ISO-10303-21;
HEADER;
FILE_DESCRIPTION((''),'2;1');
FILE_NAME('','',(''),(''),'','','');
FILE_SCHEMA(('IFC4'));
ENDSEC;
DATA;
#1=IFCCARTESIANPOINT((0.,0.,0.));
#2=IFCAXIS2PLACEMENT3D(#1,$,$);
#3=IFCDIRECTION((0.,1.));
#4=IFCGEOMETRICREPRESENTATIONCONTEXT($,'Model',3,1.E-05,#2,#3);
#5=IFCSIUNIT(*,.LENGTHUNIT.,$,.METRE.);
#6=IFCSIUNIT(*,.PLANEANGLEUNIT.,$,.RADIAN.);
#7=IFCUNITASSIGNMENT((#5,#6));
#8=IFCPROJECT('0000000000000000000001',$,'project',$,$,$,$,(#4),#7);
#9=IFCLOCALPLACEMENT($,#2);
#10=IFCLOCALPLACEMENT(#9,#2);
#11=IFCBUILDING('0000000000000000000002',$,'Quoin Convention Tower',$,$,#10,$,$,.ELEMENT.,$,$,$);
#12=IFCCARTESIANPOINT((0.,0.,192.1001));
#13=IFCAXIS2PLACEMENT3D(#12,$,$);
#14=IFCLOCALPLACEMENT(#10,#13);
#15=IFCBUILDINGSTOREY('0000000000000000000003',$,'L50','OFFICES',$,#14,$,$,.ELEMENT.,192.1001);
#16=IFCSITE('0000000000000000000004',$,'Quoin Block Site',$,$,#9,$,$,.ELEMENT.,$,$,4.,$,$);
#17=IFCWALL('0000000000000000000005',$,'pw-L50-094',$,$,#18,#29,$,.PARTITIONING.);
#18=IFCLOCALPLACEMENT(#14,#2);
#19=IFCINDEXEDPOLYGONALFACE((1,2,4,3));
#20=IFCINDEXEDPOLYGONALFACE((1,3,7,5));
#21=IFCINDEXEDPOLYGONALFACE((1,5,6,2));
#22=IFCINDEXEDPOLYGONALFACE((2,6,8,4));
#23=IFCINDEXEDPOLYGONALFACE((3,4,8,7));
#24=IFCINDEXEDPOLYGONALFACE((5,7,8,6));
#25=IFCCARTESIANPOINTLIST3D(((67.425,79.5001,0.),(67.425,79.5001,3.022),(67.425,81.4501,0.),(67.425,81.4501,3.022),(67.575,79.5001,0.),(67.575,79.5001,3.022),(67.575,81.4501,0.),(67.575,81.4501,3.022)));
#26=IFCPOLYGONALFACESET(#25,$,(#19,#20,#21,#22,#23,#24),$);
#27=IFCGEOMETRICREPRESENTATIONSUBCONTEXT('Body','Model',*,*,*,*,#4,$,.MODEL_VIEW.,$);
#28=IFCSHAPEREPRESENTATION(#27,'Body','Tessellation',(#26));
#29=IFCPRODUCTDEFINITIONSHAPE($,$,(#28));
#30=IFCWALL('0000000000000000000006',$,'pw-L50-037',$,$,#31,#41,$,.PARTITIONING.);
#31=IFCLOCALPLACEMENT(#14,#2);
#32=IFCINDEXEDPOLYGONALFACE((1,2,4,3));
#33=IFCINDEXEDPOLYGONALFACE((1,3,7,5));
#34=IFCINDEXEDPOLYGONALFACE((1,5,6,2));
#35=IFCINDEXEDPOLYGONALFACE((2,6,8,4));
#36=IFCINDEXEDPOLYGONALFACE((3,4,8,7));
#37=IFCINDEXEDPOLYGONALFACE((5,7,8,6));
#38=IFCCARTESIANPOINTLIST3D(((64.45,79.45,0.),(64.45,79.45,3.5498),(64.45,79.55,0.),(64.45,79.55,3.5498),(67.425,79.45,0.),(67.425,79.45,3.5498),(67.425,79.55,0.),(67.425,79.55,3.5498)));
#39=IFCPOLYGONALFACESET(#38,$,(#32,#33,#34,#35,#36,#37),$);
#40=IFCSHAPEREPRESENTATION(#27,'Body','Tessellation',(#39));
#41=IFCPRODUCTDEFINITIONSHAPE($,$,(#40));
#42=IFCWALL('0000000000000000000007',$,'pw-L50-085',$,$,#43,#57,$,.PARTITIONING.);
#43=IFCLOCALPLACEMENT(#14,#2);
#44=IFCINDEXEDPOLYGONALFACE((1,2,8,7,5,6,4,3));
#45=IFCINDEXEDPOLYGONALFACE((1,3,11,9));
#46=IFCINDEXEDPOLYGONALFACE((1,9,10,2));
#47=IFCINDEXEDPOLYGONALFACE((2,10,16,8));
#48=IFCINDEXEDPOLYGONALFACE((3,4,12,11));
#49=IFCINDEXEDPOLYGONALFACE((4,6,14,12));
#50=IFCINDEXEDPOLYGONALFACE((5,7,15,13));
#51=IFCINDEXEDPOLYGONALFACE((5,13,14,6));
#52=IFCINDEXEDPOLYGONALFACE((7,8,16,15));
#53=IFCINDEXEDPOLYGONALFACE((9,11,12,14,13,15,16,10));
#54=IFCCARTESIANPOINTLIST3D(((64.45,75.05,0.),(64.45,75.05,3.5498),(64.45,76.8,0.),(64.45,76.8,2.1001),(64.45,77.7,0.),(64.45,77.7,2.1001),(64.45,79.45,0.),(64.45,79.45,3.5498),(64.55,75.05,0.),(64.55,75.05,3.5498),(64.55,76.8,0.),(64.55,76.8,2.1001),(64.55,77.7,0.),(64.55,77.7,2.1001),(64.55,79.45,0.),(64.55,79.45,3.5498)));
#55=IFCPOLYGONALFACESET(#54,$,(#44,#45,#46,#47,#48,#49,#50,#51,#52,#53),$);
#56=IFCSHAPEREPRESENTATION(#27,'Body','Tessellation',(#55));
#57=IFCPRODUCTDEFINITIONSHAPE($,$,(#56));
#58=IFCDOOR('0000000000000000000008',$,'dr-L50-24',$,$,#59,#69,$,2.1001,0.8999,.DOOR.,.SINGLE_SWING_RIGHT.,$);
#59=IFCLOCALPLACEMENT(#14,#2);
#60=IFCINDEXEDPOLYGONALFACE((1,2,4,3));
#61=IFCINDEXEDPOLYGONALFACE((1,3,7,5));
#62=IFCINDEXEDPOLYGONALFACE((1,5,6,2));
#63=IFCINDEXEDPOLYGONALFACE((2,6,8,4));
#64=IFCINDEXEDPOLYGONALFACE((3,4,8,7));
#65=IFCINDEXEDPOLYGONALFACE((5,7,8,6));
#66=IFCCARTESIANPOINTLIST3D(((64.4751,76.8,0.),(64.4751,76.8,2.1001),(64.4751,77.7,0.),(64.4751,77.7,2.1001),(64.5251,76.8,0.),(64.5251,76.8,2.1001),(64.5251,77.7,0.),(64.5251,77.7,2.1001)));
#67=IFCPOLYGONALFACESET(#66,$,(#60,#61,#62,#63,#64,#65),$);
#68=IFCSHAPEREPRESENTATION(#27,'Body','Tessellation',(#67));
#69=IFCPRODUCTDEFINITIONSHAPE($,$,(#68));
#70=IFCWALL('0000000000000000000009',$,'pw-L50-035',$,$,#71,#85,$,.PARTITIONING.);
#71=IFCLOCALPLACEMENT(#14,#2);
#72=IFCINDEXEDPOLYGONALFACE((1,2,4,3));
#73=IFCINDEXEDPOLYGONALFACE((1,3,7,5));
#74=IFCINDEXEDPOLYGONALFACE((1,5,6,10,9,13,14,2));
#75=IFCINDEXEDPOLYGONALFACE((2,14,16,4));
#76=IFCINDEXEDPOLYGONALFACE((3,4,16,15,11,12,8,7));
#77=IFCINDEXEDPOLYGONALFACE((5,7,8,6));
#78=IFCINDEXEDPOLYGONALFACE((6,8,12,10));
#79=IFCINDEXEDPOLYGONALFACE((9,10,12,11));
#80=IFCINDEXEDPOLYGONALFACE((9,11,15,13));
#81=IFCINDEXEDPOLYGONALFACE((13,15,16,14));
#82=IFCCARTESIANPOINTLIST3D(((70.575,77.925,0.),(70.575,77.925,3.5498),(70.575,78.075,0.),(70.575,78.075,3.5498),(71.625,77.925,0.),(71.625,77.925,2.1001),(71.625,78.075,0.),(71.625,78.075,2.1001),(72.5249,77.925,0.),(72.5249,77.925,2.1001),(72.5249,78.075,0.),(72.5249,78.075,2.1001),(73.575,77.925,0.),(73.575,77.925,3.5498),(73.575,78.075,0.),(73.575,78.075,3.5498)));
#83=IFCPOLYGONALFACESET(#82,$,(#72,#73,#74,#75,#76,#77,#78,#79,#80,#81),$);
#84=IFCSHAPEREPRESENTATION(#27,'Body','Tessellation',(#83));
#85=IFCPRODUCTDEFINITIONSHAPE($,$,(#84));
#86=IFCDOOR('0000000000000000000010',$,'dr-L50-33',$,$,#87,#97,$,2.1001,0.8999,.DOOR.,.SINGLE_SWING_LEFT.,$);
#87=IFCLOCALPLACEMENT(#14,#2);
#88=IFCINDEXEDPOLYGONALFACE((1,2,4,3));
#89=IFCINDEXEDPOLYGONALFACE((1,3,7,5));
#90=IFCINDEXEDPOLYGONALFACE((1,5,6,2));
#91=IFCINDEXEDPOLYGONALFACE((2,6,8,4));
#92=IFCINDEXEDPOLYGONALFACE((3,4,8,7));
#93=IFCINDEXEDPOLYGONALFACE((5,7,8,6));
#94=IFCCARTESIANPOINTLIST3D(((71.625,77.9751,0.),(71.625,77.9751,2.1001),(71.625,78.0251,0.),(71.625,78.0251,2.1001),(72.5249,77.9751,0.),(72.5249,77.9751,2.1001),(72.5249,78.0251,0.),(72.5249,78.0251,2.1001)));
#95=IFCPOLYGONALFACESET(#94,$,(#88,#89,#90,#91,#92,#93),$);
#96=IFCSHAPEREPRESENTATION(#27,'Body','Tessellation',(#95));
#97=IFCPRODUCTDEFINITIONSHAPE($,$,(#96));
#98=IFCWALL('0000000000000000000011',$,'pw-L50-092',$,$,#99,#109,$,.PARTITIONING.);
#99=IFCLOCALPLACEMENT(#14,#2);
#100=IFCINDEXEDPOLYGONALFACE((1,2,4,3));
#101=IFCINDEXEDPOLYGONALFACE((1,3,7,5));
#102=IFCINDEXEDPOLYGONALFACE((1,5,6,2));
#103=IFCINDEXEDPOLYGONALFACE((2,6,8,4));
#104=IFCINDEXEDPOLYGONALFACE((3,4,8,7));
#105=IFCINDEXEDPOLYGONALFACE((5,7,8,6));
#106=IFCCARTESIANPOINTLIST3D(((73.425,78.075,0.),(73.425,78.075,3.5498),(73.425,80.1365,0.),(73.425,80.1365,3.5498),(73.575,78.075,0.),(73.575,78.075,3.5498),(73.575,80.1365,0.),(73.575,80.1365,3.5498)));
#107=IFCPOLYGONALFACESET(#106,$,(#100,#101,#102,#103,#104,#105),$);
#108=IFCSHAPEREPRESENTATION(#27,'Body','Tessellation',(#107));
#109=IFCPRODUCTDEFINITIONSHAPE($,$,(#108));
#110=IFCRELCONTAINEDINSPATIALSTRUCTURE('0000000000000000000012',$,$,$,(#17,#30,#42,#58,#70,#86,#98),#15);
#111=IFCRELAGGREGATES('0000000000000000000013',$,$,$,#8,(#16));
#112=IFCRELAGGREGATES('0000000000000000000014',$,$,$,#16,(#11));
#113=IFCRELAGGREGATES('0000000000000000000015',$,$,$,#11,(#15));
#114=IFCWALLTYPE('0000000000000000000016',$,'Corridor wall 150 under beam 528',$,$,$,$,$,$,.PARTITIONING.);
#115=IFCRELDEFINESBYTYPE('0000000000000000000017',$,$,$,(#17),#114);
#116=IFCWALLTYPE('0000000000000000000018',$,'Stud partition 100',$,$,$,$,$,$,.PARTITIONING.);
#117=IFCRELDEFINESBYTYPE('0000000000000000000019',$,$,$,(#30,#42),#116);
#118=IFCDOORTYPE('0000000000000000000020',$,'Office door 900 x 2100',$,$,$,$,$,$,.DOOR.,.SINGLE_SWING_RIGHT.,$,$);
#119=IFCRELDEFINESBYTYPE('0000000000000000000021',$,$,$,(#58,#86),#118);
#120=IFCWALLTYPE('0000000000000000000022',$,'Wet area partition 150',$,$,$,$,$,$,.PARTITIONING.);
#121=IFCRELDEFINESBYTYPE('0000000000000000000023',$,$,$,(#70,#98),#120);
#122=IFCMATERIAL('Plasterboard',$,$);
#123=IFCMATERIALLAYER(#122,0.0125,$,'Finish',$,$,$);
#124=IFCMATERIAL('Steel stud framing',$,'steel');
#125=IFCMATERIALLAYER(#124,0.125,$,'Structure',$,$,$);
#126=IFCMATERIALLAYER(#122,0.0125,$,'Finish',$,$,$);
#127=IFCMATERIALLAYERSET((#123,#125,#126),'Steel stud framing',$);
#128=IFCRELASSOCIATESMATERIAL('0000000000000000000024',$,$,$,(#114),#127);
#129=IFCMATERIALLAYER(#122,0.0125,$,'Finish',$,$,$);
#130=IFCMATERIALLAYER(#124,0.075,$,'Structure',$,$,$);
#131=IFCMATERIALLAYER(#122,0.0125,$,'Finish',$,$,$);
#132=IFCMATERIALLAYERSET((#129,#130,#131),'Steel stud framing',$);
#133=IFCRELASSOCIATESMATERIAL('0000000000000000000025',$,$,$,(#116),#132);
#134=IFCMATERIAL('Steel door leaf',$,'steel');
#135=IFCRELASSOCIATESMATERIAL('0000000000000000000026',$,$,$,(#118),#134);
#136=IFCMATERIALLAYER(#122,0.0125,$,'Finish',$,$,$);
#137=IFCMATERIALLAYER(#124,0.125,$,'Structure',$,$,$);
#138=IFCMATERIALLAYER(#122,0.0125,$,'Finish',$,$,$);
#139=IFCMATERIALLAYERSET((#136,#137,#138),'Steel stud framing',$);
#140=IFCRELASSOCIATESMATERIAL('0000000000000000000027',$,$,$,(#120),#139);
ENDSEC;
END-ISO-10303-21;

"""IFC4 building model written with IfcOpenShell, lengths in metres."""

from ifc_helpers import new_model, si_unit, direction, frame, frame_2d, origin, place, context, subcontext, project, spatial, rectangle, extrude, material, layer, layer_set, type_object, element, fill, save


model = new_model("IFC4")

# Units and contexts
model_context = context("Model", 3, precision=1e-05, world=origin(), true_north=direction((0.0, 1.0)))
body_context = subcontext(model_context, "Body", "Model", "MODEL_VIEW")
ifc_project = project(units=[si_unit("LENGTHUNIT", "METRE"), si_unit("PLANEANGLEUNIT", "RADIAN")], contexts=[model_context])

# Site, building, storey
site_placement = place(None, origin())
site = spatial("IfcSite", under=ifc_project, at=site_placement, Name="Quoin Block Site", CompositionType="ELEMENT", RefElevation=4.0)
building_placement = place(site_placement, origin())
building = spatial("IfcBuilding", under=site, at=building_placement, Name="Quoin Convention Tower", CompositionType="ELEMENT")
storey_placement = place(building_placement, frame((0.0, 0.0, 192.1001)))
storey = spatial("IfcBuildingStorey", under=building, at=storey_placement, Name="L50", Description="OFFICES", CompositionType="ELEMENT", Elevation=192.1001)

# Shared definitions
ifc_material_1 = material(Name="Plasterboard")
ifc_material_2 = material(Name="Steel stud framing", Category="steel")

# Shared definitions
ifc_layer_1 = layer(ifc_material_1, 0.0125, Name="Finish")
ifc_layer_2 = layer(ifc_material_2, 0.125, Name="Structure")
ifc_layer_3 = layer(ifc_material_1, 0.0125, Name="Finish")
ifc_layer_set_1 = layer_set([ifc_layer_1, ifc_layer_2, ifc_layer_3], Name="Steel stud framing")
wall_type_1 = type_object("IfcWallType", Name="Corridor wall 150 under beam 528", PredefinedType="PARTITIONING", material=ifc_layer_set_1)
ifc_material_3 = material(Name="Steel door leaf", Category="steel")

# Walls
wall_1_placement = place(storey_placement, frame((67.5, 79.5, 0.0), z_axis=(0.0, 0.0, 1.0), x_axis=(0.0, 1.0, 0.0)))
element("IfcWall", 1, at=wall_1_placement, inside=storey, type_object=wall_type_1, Name="pw-L50-094", PredefinedType="PARTITIONING", context=body_context, shape_type="SweptSolid", body=[
    extrude(rectangle(XDim=1.95, YDim=0.1499, at=frame_2d((0.9751, 0.0))), origin(), (0.0, 0.0, 1.0), 3.022),
])
ifc_layer_4 = layer(ifc_material_1, 0.0125, Name="Finish")
ifc_layer_5 = layer(ifc_material_2, 0.075, Name="Structure")
ifc_layer_6 = layer(ifc_material_1, 0.0125, Name="Finish")
ifc_layer_set_2 = layer_set([ifc_layer_4, ifc_layer_5, ifc_layer_6], Name="Steel stud framing")
wall_type_2 = type_object("IfcWallType", Name="Stud partition 100", PredefinedType="PARTITIONING", material=ifc_layer_set_2)
wall_2_placement = place(storey_placement, frame((64.45, 79.5, 0.0), z_axis=(0.0, 0.0, 1.0), x_axis=(1.0, 0.0, 0.0)))
element("IfcWall", 2, at=wall_2_placement, inside=storey, type_object=wall_type_2, Name="pw-L50-037", PredefinedType="PARTITIONING", context=body_context, shape_type="SweptSolid", body=[
    extrude(rectangle(XDim=2.9751, YDim=0.1001, at=frame_2d((1.4875, 0.0))), origin(), (0.0, 0.0, 1.0), 3.5498),
])

# Walls, openings, doors
wall_3_placement = place(storey_placement, frame((64.5, 75.05, 0.0), z_axis=(0.0, 0.0, 1.0), x_axis=(0.0, 1.0, 0.0)))
wall_3 = element("IfcWall", 3, at=wall_3_placement, inside=storey, type_object=wall_type_2, Name="pw-L50-085", PredefinedType="PARTITIONING", context=body_context, shape_type="SweptSolid", body=[
    extrude(rectangle(XDim=4.3999, YDim=0.1001, at=frame_2d((2.2, 0.0))), origin(), (0.0, 0.0, 1.0), 3.5498),
])
opening_1_placement = place(wall_3_placement, frame((1.75, 0.0, 0.0)))
opening_1 = element("IfcOpeningElement", 4, at=opening_1_placement, cuts=wall_3, PredefinedType="OPENING", context=body_context, shape_type="SweptSolid", body=[
    extrude(rectangle(XDim=0.8999, YDim=2.1001, at=frame_2d((0.45, 1.05))), frame((0.0, 0.0601, 0.0), z_axis=(0.0, -1.0, 0.0), x_axis=(1.0, 0.0, 0.0)), (0.0, 0.0, 1.0), 0.1201),
])
door_type_1 = type_object("IfcDoorType", Name="Office door 900 x 2100", OperationType="SINGLE_SWING_RIGHT", PredefinedType="DOOR", material=ifc_material_3)
door_1_placement = place(opening_1_placement, origin())
door_1 = element("IfcDoor", 5, at=door_1_placement, inside=storey, type_object=door_type_1, Name="dr-L50-24", OperationType="SINGLE_SWING_RIGHT", OverallHeight=2.1001, OverallWidth=0.8999, PredefinedType="DOOR", context=body_context, shape_type="SweptSolid", body=[
    extrude(rectangle(XDim=0.8999, YDim=2.1001, at=frame_2d((0.45, 1.05))), frame((0.0, 0.0249, 0.0), z_axis=(0.0, -1.0, 0.0), x_axis=(1.0, 0.0, 0.0)), (0.0, 0.0, 1.0), 0.05),
])
fill(opening_1, door_1)
ifc_layer_7 = layer(ifc_material_1, 0.0125, Name="Finish")
ifc_layer_8 = layer(ifc_material_2, 0.125, Name="Structure")
ifc_layer_9 = layer(ifc_material_1, 0.0125, Name="Finish")
ifc_layer_set_3 = layer_set([ifc_layer_7, ifc_layer_8, ifc_layer_9], Name="Steel stud framing")
wall_type_3 = type_object("IfcWallType", Name="Wet area partition 150", PredefinedType="PARTITIONING", material=ifc_layer_set_3)
wall_4_placement = place(storey_placement, frame((70.575, 78.0, 0.0), z_axis=(0.0, 0.0, 1.0), x_axis=(1.0, 0.0, 0.0)))
wall_4 = element("IfcWall", 6, at=wall_4_placement, inside=storey, type_object=wall_type_3, Name="pw-L50-035", PredefinedType="PARTITIONING", context=body_context, shape_type="SweptSolid", body=[
    extrude(rectangle(XDim=3.0, YDim=0.1499, at=frame_2d((1.5, 0.0))), origin(), (0.0, 0.0, 1.0), 3.5498),
])
opening_2_placement = place(wall_4_placement, frame((1.05, 0.0, 0.0)))
opening_2 = element("IfcOpeningElement", 7, at=opening_2_placement, cuts=wall_4, PredefinedType="OPENING", context=body_context, shape_type="SweptSolid", body=[
    extrude(rectangle(XDim=0.8999, YDim=2.1001, at=frame_2d((0.45, 1.05))), frame((0.0, 0.085, 0.0), z_axis=(0.0, -1.0, 0.0), x_axis=(1.0, 0.0, 0.0)), (0.0, 0.0, 1.0), 0.1699),
])
door_2_placement = place(opening_2_placement, frame((0.8999, 0.0, 0.0), z_axis=(0.0, 0.0, 1.0), x_axis=(-1.0, 0.0, 0.0)))
door_2 = element("IfcDoor", 8, at=door_2_placement, inside=storey, type_object=door_type_1, Name="dr-L50-33", OperationType="SINGLE_SWING_LEFT", OverallHeight=2.1001, OverallWidth=0.8999, PredefinedType="DOOR", context=body_context, shape_type="SweptSolid", body=[
    extrude(rectangle(XDim=0.8999, YDim=2.1001, at=frame_2d((0.45, 1.05))), frame((0.0, 0.0249, 0.0), z_axis=(0.0, -1.0, 0.0), x_axis=(1.0, 0.0, 0.0)), (0.0, 0.0, 1.0), 0.05),
])
fill(opening_2, door_2)

# Wall
wall_5_placement = place(storey_placement, frame((73.5, 78.075, 0.0), z_axis=(0.0, 0.0, 1.0), x_axis=(0.0, 1.0, 0.0)))
element("IfcWall", 9, at=wall_5_placement, inside=storey, type_object=wall_type_3, Name="pw-L50-092", PredefinedType="PARTITIONING", context=body_context, shape_type="SweptSolid", body=[
    extrude(rectangle(XDim=2.0615, YDim=0.1499, at=frame_2d((1.0308, 0.0))), origin(), (0.0, 0.0, 1.0), 3.5498),
])

save(model, "model.ifc")
